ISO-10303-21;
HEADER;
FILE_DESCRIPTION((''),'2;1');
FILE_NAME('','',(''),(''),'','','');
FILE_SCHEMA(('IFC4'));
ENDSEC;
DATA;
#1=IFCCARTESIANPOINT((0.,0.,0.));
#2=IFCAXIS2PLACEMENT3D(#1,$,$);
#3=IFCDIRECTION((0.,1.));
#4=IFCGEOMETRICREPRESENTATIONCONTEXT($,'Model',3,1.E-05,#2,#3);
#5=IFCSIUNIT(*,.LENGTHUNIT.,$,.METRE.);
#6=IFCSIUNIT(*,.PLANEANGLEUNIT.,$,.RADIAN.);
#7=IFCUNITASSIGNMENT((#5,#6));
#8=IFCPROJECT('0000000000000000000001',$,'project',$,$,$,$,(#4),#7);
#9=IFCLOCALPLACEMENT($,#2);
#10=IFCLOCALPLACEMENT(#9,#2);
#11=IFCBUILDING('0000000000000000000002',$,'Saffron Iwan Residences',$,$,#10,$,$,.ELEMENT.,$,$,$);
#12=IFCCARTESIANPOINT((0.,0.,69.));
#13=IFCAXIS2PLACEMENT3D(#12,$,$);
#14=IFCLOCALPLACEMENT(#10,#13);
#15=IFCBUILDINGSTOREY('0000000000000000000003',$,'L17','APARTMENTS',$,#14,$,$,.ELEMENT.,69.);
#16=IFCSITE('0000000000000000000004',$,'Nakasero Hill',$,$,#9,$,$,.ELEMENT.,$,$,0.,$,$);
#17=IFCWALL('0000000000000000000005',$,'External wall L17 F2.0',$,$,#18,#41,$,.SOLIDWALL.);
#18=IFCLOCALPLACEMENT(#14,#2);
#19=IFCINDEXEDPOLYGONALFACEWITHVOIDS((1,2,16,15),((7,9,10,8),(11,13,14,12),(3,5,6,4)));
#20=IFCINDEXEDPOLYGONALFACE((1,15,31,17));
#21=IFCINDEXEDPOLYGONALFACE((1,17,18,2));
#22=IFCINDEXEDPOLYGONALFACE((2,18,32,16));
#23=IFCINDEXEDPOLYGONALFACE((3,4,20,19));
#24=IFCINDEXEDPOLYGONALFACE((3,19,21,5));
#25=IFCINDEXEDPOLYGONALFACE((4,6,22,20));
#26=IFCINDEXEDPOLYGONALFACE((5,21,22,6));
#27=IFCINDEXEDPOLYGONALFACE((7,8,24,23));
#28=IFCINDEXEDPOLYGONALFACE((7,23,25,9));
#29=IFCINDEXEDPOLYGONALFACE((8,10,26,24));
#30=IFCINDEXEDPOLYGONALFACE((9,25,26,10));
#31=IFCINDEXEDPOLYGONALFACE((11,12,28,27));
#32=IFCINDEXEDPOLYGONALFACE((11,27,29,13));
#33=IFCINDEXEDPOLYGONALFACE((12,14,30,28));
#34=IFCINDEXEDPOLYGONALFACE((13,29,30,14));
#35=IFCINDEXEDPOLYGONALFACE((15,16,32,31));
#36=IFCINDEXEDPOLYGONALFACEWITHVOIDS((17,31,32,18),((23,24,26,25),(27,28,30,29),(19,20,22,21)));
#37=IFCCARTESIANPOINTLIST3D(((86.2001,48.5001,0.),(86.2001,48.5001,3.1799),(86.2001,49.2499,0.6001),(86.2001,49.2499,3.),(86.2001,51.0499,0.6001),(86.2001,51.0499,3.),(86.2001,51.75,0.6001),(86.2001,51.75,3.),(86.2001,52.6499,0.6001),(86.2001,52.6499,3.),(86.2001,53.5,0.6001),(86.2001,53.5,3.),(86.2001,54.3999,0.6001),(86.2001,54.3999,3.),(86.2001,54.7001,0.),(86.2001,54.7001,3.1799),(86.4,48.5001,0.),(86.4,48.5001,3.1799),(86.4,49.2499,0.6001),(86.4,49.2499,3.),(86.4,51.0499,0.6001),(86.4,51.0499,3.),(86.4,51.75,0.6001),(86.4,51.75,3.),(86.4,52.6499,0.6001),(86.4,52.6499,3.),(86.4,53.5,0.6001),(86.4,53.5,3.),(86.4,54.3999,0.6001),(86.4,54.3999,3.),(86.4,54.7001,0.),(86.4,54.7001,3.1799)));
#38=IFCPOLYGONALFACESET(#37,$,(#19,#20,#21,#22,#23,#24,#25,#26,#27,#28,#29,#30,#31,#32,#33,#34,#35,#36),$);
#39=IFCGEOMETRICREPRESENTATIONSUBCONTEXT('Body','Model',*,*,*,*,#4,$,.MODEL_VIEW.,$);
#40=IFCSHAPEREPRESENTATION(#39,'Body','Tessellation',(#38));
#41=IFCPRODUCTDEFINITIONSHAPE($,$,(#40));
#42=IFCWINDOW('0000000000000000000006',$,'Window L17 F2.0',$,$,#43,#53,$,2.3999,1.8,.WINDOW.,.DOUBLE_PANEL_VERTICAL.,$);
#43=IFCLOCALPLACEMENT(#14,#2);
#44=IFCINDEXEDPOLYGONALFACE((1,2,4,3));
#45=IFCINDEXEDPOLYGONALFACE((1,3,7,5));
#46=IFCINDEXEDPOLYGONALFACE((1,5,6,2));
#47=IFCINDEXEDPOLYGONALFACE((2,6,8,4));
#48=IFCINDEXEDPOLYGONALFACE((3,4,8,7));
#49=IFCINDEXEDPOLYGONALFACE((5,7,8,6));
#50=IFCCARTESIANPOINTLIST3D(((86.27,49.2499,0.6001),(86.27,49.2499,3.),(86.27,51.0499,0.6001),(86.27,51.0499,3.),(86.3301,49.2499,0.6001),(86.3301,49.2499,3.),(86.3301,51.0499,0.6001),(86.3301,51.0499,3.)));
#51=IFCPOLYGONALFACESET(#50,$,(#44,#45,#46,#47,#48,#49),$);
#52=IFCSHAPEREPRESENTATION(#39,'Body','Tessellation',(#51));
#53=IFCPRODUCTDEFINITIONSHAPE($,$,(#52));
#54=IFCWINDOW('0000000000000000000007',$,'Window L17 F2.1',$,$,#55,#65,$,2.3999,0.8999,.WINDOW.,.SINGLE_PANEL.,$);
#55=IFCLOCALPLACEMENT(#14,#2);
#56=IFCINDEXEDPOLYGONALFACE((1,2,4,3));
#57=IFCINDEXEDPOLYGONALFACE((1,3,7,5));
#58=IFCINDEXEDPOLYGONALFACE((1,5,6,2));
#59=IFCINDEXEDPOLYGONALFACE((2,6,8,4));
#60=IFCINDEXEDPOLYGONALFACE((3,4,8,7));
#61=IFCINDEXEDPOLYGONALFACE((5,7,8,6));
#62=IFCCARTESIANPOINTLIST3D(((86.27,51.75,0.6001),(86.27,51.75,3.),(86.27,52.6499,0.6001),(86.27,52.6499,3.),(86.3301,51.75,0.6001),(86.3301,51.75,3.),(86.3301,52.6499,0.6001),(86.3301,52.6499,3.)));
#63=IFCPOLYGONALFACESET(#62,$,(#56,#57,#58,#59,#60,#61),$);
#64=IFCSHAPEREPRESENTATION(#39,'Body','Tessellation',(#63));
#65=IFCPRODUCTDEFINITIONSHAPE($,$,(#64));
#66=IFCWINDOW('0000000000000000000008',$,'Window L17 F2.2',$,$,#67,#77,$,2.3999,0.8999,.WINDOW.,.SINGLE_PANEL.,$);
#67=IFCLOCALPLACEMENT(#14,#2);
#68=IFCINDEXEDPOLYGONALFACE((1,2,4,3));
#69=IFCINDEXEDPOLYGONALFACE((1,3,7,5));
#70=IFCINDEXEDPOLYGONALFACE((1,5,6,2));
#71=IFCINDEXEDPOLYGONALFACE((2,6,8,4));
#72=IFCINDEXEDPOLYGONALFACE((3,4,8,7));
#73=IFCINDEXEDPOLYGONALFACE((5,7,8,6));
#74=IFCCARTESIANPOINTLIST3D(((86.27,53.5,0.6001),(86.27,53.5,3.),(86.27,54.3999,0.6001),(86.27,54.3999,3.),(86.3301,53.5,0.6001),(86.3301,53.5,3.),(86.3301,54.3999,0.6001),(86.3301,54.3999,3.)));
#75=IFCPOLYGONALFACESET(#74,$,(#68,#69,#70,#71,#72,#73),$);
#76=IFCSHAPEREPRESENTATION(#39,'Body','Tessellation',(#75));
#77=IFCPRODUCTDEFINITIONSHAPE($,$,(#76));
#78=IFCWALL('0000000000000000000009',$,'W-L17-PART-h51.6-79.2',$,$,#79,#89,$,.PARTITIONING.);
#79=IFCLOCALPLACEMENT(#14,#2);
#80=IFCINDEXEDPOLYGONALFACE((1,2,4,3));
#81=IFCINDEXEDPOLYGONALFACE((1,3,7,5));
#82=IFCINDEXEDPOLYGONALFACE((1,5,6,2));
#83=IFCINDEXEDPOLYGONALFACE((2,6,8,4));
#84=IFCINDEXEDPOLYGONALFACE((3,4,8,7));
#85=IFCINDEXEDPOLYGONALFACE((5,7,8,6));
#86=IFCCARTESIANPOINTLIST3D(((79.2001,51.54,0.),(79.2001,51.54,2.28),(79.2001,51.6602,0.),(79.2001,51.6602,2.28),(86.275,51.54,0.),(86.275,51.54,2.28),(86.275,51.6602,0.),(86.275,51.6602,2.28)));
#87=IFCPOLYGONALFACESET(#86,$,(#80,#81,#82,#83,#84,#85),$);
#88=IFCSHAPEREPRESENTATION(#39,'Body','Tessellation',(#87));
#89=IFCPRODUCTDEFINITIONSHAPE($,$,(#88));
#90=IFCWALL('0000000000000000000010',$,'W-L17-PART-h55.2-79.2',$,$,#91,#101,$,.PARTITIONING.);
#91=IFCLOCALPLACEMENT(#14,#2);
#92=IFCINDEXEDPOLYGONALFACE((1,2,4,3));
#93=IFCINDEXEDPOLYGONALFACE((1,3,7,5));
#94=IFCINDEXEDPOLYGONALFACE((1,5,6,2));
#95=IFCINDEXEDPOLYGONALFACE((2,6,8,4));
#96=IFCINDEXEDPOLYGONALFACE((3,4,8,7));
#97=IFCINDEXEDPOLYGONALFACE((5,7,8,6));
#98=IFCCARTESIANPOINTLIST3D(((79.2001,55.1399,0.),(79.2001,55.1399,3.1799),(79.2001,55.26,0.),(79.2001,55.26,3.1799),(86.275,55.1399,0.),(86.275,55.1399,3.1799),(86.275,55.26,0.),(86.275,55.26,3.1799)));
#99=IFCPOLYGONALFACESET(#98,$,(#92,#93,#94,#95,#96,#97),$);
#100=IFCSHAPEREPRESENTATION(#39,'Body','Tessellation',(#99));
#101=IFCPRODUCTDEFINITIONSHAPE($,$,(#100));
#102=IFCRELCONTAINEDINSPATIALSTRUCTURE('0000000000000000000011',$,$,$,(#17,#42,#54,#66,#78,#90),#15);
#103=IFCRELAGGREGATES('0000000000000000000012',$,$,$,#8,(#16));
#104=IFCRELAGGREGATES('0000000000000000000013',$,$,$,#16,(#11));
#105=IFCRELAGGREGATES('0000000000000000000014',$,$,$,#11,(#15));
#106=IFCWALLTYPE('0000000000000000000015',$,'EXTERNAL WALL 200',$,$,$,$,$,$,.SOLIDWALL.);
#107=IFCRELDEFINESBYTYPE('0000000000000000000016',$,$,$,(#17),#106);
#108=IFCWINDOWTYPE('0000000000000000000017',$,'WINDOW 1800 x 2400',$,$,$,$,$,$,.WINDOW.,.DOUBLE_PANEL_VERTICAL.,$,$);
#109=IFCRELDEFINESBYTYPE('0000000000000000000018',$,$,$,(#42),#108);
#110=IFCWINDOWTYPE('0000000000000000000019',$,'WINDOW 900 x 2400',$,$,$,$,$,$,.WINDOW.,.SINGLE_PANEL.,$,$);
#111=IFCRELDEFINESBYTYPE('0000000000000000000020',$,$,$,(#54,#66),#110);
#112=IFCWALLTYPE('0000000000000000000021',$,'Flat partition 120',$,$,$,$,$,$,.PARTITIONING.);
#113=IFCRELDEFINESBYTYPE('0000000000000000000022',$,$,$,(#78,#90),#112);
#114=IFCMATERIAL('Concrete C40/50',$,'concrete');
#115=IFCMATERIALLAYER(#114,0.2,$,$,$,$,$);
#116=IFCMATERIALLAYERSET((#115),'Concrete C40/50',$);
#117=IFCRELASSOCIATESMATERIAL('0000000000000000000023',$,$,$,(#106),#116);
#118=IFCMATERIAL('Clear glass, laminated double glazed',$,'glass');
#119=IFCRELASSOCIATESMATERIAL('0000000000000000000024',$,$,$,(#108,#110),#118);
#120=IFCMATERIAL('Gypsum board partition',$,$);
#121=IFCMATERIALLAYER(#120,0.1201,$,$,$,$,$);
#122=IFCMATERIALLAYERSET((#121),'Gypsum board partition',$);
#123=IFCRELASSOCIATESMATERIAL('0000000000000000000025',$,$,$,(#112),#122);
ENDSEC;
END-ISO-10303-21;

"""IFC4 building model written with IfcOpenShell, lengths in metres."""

from ifc_helpers import new_model, si_unit, direction, frame, frame_2d, origin, place, context, subcontext, project, spatial, rectangle, extrude, material, layer, layer_set, type_object, element, fill, save


model = new_model("IFC4")

# Units and contexts
model_context = context("Model", 3, precision=1e-05, world=origin(), true_north=direction((0.0, 1.0)))
body_context = subcontext(model_context, "Body", "Model", "MODEL_VIEW")
ifc_project = project(units=[si_unit("LENGTHUNIT", "METRE"), si_unit("PLANEANGLEUNIT", "RADIAN")], contexts=[model_context])

# Site, building, storey
site_placement = place(None, origin())
site = spatial("IfcSite", under=ifc_project, at=site_placement, Name="Nakasero Hill", CompositionType="ELEMENT", RefElevation=0.0)
building_placement = place(site_placement, origin())
building = spatial("IfcBuilding", under=site, at=building_placement, Name="Saffron Iwan Residences", CompositionType="ELEMENT")
storey_placement = place(building_placement, frame((0.0, 0.0, 69.0)))
storey = spatial("IfcBuildingStorey", under=building, at=storey_placement, Name="L17", Description="APARTMENTS", CompositionType="ELEMENT", Elevation=69.0)

# Shared definitions
ifc_material_1 = material(Name="Concrete C40/50", Category="concrete")
ifc_layer_1 = layer(ifc_material_1, 0.2)
ifc_layer_set_1 = layer_set([ifc_layer_1], Name="Concrete C40/50")
wall_type_1 = type_object("IfcWallType", Name="EXTERNAL WALL 200", PredefinedType="SOLIDWALL", material=ifc_layer_set_1)
ifc_material_2 = material(Name="Clear glass, laminated double glazed", Category="glass")

# Wall, openings, windows
wall_1_placement = place(storey_placement, frame((86.3, 48.5, 0.0), z_axis=(0.0, 0.0, 1.0), x_axis=(0.0, 1.0, 0.0)))
wall_1 = element("IfcWall", 1, at=wall_1_placement, inside=storey, type_object=wall_type_1, Name="External wall L17 F2.0", PredefinedType="SOLIDWALL", context=body_context, shape_type="SweptSolid", body=[
    extrude(rectangle(XDim=6.2, YDim=0.2, at=frame_2d((3.1001, 0.0))), origin(), (0.0, 0.0, 1.0), 3.1799),
])
opening_1_placement = place(wall_1_placement, frame((0.75, 0.0, 0.6001)))
opening_1 = element("IfcOpeningElement", 2, at=opening_1_placement, cuts=wall_1, PredefinedType="OPENING", context=body_context, shape_type="SweptSolid", body=[
    extrude(rectangle(XDim=1.8, YDim=2.3999, at=frame_2d((0.8999, 1.2))), frame((0.0, 0.1099, 0.0), z_axis=(0.0, -1.0, 0.0), x_axis=(1.0, 0.0, 0.0)), (0.0, 0.0, 1.0), 0.22),
])
opening_2_placement = place(wall_1_placement, frame((3.25, 0.0, 0.6001)))
opening_2 = element("IfcOpeningElement", 3, at=opening_2_placement, cuts=wall_1, PredefinedType="OPENING", context=body_context, shape_type="SweptSolid", body=[
    extrude(rectangle(XDim=0.8999, YDim=2.3999, at=frame_2d((0.45, 1.2))), frame((0.0, 0.1099, 0.0), z_axis=(0.0, -1.0, 0.0), x_axis=(1.0, 0.0, 0.0)), (0.0, 0.0, 1.0), 0.22),
])
opening_3_placement = place(wall_1_placement, frame((5.0, 0.0, 0.6001)))
opening_3 = element("IfcOpeningElement", 4, at=opening_3_placement, cuts=wall_1, PredefinedType="OPENING", context=body_context, shape_type="SweptSolid", body=[
    extrude(rectangle(XDim=0.8999, YDim=2.3999, at=frame_2d((0.45, 1.2))), frame((0.0, 0.1099, 0.0), z_axis=(0.0, -1.0, 0.0), x_axis=(1.0, 0.0, 0.0)), (0.0, 0.0, 1.0), 0.22),
])
window_type_1 = type_object("IfcWindowType", Name="WINDOW 1800 x 2400", PartitioningType="DOUBLE_PANEL_VERTICAL", PredefinedType="WINDOW", material=ifc_material_2)
window_1_placement = place(opening_1_placement, origin())
window_1 = element("IfcWindow", 5, at=window_1_placement, inside=storey, type_object=window_type_1, Name="Window L17 F2.0", OverallHeight=2.3999, OverallWidth=1.8, PartitioningType="DOUBLE_PANEL_VERTICAL", PredefinedType="WINDOW", context=body_context, shape_type="SweptSolid", body=[
    extrude(rectangle(XDim=1.8, YDim=2.3999, at=frame_2d((0.8999, 1.2))), frame((0.0, 0.03, 0.0), z_axis=(0.0, -1.0, 0.0), x_axis=(1.0, 0.0, 0.0)), (0.0, 0.0, 1.0), 0.0601),
])
fill(opening_1, window_1)
window_type_2 = type_object("IfcWindowType", Name="WINDOW 900 x 2400", PartitioningType="SINGLE_PANEL", PredefinedType="WINDOW", material=ifc_material_2)
window_2_placement = place(opening_2_placement, origin())
window_2 = element("IfcWindow", 6, at=window_2_placement, inside=storey, type_object=window_type_2, Name="Window L17 F2.1", OverallHeight=2.3999, OverallWidth=0.8999, PartitioningType="SINGLE_PANEL", PredefinedType="WINDOW", context=body_context, shape_type="SweptSolid", body=[
    extrude(rectangle(XDim=0.8999, YDim=2.3999, at=frame_2d((0.45, 1.2))), frame((0.0, 0.03, 0.0), z_axis=(0.0, -1.0, 0.0), x_axis=(1.0, 0.0, 0.0)), (0.0, 0.0, 1.0), 0.0601),
])
fill(opening_2, window_2)
window_3_placement = place(opening_3_placement, origin())
window_3 = element("IfcWindow", 7, at=window_3_placement, inside=storey, type_object=window_type_2, Name="Window L17 F2.2", OverallHeight=2.3999, OverallWidth=0.8999, PartitioningType="SINGLE_PANEL", PredefinedType="WINDOW", context=body_context, shape_type="SweptSolid", body=[
    extrude(rectangle(XDim=0.8999, YDim=2.3999, at=frame_2d((0.45, 1.2))), frame((0.0, 0.03, 0.0), z_axis=(0.0, -1.0, 0.0), x_axis=(1.0, 0.0, 0.0)), (0.0, 0.0, 1.0), 0.0601),
])
fill(opening_3, window_3)

# Walls
ifc_material_3 = material(Name="Gypsum board partition")
ifc_layer_2 = layer(ifc_material_3, 0.1201)
ifc_layer_set_2 = layer_set([ifc_layer_2], Name="Gypsum board partition")
wall_type_2 = type_object("IfcWallType", Name="Flat partition 120", PredefinedType="PARTITIONING", material=ifc_layer_set_2)
wall_2_placement = place(storey_placement, frame((79.2, 51.6001, 0.0), z_axis=(0.0, 0.0, 1.0), x_axis=(1.0, 0.0, 0.0)))
element("IfcWall", 8, at=wall_2_placement, inside=storey, type_object=wall_type_2, Name="W-L17-PART-h51.6-79.2", PredefinedType="PARTITIONING", context=body_context, shape_type="SweptSolid", body=[
    extrude(rectangle(XDim=7.075, YDim=0.1201, at=frame_2d((3.5376, 0.0))), origin(), (0.0, 0.0, 1.0), 2.28),
])
wall_3_placement = place(storey_placement, frame((79.2, 55.2, 0.0), z_axis=(0.0, 0.0, 1.0), x_axis=(1.0, 0.0, 0.0)))
element("IfcWall", 9, at=wall_3_placement, inside=storey, type_object=wall_type_2, Name="W-L17-PART-h55.2-79.2", PredefinedType="PARTITIONING", context=body_context, shape_type="SweptSolid", body=[
    extrude(rectangle(XDim=7.075, YDim=0.1201, at=frame_2d((3.5376, 0.0))), origin(), (0.0, 0.0, 1.0), 3.1799),
])

save(model, "model.ifc")
